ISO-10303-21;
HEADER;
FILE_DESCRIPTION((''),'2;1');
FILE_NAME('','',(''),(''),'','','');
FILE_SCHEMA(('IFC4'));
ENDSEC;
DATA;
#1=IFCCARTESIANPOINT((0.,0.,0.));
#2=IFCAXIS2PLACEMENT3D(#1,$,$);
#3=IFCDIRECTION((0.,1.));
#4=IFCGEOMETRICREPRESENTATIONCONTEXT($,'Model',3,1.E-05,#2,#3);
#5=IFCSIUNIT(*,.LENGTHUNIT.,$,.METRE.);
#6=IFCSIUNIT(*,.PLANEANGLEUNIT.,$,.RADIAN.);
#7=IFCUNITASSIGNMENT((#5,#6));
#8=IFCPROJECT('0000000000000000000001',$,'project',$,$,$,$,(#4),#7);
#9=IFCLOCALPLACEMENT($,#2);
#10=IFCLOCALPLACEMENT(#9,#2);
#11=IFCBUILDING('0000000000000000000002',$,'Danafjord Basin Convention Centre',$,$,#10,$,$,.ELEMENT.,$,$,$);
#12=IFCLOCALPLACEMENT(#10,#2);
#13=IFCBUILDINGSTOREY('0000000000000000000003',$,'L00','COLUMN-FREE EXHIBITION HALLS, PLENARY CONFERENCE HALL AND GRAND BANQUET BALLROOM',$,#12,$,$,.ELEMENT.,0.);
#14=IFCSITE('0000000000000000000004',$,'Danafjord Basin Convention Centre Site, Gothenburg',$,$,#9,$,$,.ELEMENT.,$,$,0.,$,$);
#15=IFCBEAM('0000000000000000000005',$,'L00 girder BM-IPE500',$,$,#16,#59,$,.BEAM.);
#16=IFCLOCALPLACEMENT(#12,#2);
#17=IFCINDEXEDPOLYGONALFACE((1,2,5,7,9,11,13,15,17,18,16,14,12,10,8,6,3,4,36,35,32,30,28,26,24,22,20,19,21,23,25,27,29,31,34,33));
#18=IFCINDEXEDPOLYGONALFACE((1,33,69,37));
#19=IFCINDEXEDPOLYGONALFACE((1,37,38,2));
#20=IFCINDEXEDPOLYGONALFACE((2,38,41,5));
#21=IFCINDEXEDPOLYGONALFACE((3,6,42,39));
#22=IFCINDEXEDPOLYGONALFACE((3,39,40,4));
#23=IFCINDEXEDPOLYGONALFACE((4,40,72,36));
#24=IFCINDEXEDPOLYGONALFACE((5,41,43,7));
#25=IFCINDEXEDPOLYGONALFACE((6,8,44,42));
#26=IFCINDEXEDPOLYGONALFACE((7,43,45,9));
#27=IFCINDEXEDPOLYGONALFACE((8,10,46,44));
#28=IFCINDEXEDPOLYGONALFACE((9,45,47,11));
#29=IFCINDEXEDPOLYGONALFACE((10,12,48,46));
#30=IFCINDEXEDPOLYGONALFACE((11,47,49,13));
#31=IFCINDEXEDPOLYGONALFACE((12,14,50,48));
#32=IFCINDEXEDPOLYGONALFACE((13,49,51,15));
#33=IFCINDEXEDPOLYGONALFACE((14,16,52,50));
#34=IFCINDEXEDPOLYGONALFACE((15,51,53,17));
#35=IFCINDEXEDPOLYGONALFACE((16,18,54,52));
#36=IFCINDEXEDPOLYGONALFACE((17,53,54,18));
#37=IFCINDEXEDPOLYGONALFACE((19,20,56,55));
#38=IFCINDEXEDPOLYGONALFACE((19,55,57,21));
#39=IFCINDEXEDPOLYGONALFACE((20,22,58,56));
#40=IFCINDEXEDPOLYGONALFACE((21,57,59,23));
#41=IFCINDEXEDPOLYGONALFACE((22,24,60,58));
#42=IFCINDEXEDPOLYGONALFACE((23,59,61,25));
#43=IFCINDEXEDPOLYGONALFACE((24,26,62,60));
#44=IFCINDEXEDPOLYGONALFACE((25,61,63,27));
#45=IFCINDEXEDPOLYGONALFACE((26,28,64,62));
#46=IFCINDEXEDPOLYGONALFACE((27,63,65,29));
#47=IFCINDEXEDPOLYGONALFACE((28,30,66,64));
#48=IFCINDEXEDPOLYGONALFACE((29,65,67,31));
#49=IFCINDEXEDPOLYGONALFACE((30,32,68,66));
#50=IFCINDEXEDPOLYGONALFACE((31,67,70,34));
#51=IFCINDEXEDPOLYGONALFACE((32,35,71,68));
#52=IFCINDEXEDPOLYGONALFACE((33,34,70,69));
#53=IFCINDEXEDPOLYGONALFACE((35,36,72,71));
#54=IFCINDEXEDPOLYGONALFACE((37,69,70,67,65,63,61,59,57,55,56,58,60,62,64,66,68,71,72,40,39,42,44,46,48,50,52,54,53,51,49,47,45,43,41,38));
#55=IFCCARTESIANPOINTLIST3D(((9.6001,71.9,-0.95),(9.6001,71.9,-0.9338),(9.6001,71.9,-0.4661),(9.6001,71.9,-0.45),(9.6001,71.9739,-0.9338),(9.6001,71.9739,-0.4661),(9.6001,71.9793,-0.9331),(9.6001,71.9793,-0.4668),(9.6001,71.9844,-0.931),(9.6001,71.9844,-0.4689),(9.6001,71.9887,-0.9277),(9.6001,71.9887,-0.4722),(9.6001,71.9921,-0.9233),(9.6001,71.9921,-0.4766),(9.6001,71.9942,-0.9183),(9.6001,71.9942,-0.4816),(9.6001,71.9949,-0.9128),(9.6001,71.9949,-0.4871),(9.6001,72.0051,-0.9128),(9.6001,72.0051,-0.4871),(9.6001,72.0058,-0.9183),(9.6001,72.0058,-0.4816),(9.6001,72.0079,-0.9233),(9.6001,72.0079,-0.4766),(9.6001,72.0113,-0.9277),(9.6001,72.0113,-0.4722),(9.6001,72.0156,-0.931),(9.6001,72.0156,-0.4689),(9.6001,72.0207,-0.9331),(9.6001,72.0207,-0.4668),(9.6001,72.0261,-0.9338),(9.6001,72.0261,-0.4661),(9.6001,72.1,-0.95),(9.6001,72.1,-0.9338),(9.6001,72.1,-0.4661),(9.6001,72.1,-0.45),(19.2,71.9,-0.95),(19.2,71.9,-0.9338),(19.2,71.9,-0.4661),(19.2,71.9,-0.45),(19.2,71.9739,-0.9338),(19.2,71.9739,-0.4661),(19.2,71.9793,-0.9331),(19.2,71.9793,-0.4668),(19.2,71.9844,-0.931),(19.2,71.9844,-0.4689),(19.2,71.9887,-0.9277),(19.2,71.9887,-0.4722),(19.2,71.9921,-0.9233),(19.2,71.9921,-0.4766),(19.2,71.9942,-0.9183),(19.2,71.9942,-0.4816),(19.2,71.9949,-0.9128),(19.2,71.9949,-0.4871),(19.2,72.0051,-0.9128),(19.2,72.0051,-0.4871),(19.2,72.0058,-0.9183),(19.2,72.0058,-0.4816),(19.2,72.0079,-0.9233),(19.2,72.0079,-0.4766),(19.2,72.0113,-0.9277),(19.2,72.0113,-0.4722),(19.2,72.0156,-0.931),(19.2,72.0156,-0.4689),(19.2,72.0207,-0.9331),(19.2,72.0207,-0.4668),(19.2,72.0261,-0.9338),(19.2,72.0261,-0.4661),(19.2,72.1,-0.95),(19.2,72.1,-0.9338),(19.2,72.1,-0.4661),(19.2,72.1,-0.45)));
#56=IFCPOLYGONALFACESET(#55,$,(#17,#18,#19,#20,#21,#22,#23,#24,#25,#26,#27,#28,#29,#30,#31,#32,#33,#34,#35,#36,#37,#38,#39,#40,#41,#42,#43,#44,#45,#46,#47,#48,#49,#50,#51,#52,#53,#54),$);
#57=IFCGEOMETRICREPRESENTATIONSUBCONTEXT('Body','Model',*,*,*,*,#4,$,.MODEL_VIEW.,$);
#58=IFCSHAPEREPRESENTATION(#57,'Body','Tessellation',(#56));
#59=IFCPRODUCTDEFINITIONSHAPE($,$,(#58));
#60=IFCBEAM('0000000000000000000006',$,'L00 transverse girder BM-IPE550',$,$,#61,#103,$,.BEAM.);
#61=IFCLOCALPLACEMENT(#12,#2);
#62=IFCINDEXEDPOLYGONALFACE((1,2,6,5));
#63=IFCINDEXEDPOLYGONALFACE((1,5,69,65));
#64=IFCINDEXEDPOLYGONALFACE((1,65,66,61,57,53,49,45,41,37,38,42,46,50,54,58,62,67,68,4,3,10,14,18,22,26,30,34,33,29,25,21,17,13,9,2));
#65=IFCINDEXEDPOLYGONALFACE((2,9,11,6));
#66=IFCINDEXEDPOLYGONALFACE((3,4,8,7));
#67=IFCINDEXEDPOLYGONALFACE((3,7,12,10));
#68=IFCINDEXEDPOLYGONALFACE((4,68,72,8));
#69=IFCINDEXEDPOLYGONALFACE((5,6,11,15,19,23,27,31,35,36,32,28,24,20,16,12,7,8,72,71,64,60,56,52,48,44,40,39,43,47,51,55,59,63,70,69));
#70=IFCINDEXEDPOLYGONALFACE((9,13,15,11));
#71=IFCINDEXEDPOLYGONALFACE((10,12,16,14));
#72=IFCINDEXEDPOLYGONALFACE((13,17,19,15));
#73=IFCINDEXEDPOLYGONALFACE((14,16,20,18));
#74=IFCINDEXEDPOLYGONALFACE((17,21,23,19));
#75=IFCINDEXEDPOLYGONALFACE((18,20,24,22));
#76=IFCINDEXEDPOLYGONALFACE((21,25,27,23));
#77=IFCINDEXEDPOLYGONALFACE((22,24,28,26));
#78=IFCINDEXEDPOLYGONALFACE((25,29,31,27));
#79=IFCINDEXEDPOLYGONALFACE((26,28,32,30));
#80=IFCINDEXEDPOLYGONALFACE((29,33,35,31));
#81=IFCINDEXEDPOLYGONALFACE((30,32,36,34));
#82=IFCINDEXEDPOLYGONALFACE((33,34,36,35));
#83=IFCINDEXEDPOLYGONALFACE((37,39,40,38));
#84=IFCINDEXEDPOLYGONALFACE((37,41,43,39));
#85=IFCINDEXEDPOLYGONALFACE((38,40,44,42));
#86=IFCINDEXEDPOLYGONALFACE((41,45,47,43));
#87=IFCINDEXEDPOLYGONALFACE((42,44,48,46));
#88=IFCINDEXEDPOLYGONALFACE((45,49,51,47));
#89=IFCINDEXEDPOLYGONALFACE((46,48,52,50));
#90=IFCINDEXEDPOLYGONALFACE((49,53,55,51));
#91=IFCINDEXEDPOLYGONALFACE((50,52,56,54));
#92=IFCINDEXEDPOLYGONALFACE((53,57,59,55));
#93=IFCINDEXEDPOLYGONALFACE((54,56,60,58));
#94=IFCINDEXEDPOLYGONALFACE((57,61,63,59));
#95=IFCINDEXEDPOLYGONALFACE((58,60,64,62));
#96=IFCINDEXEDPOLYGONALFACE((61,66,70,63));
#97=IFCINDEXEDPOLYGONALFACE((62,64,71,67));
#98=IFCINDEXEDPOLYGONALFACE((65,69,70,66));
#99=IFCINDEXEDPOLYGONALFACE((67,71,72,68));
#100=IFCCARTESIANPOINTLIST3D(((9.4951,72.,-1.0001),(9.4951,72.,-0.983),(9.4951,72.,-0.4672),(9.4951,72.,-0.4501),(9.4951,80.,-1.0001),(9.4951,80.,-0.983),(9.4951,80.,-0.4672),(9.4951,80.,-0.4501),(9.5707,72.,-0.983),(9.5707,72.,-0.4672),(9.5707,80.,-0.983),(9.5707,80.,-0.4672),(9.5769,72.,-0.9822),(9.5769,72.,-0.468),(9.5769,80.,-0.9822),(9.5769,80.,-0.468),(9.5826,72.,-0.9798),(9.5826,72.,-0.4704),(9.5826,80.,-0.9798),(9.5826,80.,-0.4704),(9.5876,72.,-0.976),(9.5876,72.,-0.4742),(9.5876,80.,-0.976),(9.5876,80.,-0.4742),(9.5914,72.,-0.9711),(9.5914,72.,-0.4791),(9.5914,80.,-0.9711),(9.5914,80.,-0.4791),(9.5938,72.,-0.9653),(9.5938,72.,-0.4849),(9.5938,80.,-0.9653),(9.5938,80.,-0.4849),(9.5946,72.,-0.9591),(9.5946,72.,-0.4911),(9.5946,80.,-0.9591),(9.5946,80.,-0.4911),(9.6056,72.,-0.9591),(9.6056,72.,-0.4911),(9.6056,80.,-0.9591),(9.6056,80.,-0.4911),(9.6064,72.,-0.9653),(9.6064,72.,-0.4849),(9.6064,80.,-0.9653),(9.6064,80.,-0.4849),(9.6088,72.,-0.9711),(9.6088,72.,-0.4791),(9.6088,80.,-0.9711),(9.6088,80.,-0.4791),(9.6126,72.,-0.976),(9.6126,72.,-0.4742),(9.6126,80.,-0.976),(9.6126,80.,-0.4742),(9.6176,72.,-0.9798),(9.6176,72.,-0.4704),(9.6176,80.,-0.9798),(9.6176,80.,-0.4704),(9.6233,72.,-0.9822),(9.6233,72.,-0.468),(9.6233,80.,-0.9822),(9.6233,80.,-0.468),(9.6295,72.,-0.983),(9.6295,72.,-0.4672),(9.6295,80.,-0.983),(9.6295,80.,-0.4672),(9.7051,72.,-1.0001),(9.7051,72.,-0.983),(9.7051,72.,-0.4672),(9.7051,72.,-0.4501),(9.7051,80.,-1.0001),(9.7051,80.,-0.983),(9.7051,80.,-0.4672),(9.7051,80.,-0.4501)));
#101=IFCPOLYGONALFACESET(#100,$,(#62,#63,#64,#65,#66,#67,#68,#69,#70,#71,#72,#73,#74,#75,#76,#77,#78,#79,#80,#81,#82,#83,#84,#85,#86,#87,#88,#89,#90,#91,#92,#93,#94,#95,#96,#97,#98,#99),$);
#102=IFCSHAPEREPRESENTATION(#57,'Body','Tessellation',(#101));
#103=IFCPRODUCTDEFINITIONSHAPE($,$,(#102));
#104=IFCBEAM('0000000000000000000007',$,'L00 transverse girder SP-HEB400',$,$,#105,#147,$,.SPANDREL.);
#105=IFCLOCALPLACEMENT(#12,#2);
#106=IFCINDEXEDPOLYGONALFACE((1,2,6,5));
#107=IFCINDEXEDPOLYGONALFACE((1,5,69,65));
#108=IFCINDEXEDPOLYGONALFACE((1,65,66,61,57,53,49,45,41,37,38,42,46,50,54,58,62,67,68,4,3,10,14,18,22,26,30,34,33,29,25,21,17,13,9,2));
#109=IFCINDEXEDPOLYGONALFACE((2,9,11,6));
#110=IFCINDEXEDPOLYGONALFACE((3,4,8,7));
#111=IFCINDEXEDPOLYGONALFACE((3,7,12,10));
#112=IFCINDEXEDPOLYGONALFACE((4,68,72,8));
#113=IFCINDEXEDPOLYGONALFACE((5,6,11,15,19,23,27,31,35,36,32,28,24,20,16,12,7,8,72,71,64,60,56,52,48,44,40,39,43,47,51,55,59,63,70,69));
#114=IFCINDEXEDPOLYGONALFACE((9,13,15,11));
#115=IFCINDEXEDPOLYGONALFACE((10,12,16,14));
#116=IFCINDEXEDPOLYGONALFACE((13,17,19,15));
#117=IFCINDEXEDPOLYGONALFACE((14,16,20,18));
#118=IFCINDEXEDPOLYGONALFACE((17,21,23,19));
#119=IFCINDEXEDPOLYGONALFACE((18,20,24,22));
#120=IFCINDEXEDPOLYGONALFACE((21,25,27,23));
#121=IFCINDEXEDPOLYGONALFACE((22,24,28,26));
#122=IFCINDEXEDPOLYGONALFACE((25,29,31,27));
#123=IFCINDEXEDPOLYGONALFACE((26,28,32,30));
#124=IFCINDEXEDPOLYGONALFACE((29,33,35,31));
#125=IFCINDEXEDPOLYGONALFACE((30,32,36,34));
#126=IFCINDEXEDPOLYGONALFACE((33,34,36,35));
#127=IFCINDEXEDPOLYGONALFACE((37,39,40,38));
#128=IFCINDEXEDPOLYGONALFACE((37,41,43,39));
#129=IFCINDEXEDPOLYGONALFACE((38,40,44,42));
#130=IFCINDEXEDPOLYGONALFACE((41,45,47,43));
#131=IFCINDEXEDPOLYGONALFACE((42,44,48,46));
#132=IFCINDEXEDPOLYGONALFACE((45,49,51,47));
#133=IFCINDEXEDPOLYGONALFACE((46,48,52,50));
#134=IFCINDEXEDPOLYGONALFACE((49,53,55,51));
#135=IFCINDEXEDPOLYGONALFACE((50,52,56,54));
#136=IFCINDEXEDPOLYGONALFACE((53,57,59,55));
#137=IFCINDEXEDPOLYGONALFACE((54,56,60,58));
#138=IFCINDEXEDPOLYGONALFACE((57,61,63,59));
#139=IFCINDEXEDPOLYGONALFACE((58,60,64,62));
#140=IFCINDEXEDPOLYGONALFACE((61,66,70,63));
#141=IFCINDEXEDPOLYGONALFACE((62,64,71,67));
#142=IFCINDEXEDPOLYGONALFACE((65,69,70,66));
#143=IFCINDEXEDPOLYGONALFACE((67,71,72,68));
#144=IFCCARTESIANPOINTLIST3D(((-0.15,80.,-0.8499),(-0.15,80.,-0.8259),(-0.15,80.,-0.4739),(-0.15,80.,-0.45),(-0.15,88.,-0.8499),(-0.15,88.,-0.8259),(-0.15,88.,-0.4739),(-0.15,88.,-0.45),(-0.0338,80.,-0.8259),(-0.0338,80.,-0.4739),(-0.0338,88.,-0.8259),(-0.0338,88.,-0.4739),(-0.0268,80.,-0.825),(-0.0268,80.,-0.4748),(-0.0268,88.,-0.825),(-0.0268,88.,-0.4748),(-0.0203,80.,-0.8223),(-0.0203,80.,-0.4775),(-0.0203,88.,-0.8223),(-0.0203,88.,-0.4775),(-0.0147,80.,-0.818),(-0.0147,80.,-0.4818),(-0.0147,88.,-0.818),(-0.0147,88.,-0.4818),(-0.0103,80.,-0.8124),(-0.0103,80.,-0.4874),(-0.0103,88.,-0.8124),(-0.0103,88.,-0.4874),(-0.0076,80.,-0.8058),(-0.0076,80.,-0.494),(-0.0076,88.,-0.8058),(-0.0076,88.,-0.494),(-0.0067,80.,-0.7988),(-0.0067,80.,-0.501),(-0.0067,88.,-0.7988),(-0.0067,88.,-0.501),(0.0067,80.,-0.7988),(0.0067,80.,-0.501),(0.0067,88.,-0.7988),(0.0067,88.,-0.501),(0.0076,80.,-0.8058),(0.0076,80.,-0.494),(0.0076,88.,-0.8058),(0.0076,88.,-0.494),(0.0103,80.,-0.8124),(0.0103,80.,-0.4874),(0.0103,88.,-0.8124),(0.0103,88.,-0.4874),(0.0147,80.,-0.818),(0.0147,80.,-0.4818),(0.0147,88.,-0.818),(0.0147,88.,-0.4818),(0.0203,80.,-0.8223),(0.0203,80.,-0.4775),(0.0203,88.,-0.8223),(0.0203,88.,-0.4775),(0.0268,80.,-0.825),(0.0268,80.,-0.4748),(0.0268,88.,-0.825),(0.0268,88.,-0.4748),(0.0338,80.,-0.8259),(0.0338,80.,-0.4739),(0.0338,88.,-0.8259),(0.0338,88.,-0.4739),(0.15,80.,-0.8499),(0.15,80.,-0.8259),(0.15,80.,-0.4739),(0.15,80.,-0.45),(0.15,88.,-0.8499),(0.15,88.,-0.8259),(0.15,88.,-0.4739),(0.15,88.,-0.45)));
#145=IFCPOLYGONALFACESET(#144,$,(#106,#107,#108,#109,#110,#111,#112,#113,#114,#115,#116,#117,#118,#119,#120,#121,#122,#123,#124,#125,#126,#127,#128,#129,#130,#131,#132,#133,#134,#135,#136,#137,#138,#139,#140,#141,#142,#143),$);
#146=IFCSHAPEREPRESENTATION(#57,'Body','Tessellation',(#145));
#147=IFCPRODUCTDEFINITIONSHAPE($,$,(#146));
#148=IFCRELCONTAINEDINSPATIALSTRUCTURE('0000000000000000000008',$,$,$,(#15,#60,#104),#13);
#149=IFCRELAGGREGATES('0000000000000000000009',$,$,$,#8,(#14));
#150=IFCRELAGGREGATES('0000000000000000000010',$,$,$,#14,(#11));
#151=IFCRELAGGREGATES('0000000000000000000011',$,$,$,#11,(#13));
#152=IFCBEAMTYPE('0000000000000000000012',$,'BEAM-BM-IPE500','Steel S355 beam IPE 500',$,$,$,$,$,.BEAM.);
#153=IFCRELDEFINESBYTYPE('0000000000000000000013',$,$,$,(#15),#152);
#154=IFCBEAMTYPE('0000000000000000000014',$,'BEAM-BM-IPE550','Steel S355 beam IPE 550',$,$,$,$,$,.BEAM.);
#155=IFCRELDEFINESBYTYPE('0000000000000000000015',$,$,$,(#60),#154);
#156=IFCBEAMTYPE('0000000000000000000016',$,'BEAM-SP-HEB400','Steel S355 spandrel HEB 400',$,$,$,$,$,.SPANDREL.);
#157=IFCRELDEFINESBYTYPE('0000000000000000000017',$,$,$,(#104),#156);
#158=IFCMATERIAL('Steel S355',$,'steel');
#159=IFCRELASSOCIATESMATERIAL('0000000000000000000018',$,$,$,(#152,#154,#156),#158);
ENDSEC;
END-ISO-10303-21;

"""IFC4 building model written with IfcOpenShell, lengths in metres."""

from ifc_helpers import new_model, si_unit, direction, frame, origin, origin_2d, place, context, subcontext, project, spatial, i_section, extrude, material, material_profile, profile_set, type_object, element, save


model = new_model("IFC4")

# Units and contexts
model_context = context("Model", 3, precision=1e-05, world=origin(), true_north=direction((0.0, 1.0)))
body_context = subcontext(model_context, "Body", "Model", "MODEL_VIEW")
ifc_project = project(units=[si_unit("LENGTHUNIT", "METRE"), si_unit("PLANEANGLEUNIT", "RADIAN")], contexts=[model_context])

# Site, building, storey
site_placement = place(None, origin())
site = spatial("IfcSite", under=ifc_project, at=site_placement, Name="Danafjord Basin Convention Centre Site, Gothenburg", CompositionType="ELEMENT", RefElevation=0.0)
building_placement = place(site_placement, origin())
building = spatial("IfcBuilding", under=site, at=building_placement, Name="Danafjord Basin Convention Centre", CompositionType="ELEMENT")
storey_placement = place(building_placement, origin())
storey = spatial("IfcBuildingStorey", under=building, at=storey_placement, Name="L00", Description="COLUMN-FREE EXHIBITION HALLS, PLENARY CONFERENCE HALL AND GRAND BANQUET BALLROOM", CompositionType="ELEMENT", Elevation=0.0)

# Beams
ifc_material_1 = material(Name="Steel S355", Category="steel")
ifc_material_profile_1 = material_profile(ifc_material_1, i_section(OverallWidth=0.2, OverallDepth=0.5, WebThickness=0.0103, FlangeThickness=0.0161, FilletRadius=0.021, at=origin_2d()), Name="IPE 500")
ifc_profile_set_1 = profile_set([ifc_material_profile_1], Name="Steel S355")
beam_type_1 = type_object("IfcBeamType", Name="BEAM-BM-IPE500", Description="Steel S355 beam IPE 500", PredefinedType="BEAM", material=ifc_profile_set_1)
beam_1_placement = place(storey_placement, frame((9.6001, 72.0, -0.7), z_axis=(1.0, 0.0, 0.0), x_axis=(0.0, 1.0, 0.0)))
element("IfcBeam", 1, at=beam_1_placement, inside=storey, type_object=beam_type_1, Name="L00 girder BM-IPE500", PredefinedType="BEAM", context=body_context, shape_type="SweptSolid", body=[
    extrude(i_section(OverallWidth=0.2, OverallDepth=0.5, WebThickness=0.0103, FlangeThickness=0.0161, FilletRadius=0.021, at=origin_2d()), origin(), (0.0, 0.0, 1.0), 9.5999),
])
ifc_material_profile_2 = material_profile(ifc_material_1, i_section(OverallWidth=0.21, OverallDepth=0.55, WebThickness=0.011, FlangeThickness=0.0171, FilletRadius=0.0239, at=origin_2d()), Name="IPE 550")
ifc_profile_set_2 = profile_set([ifc_material_profile_2], Name="Steel S355")
beam_type_2 = type_object("IfcBeamType", Name="BEAM-BM-IPE550", Description="Steel S355 beam IPE 550", PredefinedType="BEAM", material=ifc_profile_set_2)
beam_2_placement = place(storey_placement, frame((9.6001, 72.0, -0.7251), z_axis=(0.0, 1.0, 0.0), x_axis=(-1.0, 0.0, 0.0)))
element("IfcBeam", 2, at=beam_2_placement, inside=storey, type_object=beam_type_2, Name="L00 transverse girder BM-IPE550", PredefinedType="BEAM", context=body_context, shape_type="SweptSolid", body=[
    extrude(i_section(OverallWidth=0.21, OverallDepth=0.55, WebThickness=0.011, FlangeThickness=0.0171, FilletRadius=0.0239, at=origin_2d()), origin(), (0.0, 0.0, 1.0), 8.0),
])
ifc_material_profile_3 = material_profile(ifc_material_1, i_section(OverallWidth=0.3, OverallDepth=0.3999, WebThickness=0.0134, FlangeThickness=0.0239, FilletRadius=0.0271, at=origin_2d()), Name="HEB 400")
ifc_profile_set_3 = profile_set([ifc_material_profile_3], Name="Steel S355")
beam_type_3 = type_object("IfcBeamType", Name="BEAM-SP-HEB400", Description="Steel S355 spandrel HEB 400", PredefinedType="SPANDREL", material=ifc_profile_set_3)
beam_3_placement = place(storey_placement, frame((0.0, 80.0, -0.6499), z_axis=(0.0, 1.0, 0.0), x_axis=(-1.0, 0.0, 0.0)))
element("IfcBeam", 3, at=beam_3_placement, inside=storey, type_object=beam_type_3, Name="L00 transverse girder SP-HEB400", PredefinedType="SPANDREL", context=body_context, shape_type="SweptSolid", body=[
    extrude(i_section(OverallWidth=0.3, OverallDepth=0.3999, WebThickness=0.0134, FlangeThickness=0.0239, FilletRadius=0.0271, at=origin_2d()), origin(), (0.0, 0.0, 1.0), 8.0),
])

save(model, "model.ifc")
